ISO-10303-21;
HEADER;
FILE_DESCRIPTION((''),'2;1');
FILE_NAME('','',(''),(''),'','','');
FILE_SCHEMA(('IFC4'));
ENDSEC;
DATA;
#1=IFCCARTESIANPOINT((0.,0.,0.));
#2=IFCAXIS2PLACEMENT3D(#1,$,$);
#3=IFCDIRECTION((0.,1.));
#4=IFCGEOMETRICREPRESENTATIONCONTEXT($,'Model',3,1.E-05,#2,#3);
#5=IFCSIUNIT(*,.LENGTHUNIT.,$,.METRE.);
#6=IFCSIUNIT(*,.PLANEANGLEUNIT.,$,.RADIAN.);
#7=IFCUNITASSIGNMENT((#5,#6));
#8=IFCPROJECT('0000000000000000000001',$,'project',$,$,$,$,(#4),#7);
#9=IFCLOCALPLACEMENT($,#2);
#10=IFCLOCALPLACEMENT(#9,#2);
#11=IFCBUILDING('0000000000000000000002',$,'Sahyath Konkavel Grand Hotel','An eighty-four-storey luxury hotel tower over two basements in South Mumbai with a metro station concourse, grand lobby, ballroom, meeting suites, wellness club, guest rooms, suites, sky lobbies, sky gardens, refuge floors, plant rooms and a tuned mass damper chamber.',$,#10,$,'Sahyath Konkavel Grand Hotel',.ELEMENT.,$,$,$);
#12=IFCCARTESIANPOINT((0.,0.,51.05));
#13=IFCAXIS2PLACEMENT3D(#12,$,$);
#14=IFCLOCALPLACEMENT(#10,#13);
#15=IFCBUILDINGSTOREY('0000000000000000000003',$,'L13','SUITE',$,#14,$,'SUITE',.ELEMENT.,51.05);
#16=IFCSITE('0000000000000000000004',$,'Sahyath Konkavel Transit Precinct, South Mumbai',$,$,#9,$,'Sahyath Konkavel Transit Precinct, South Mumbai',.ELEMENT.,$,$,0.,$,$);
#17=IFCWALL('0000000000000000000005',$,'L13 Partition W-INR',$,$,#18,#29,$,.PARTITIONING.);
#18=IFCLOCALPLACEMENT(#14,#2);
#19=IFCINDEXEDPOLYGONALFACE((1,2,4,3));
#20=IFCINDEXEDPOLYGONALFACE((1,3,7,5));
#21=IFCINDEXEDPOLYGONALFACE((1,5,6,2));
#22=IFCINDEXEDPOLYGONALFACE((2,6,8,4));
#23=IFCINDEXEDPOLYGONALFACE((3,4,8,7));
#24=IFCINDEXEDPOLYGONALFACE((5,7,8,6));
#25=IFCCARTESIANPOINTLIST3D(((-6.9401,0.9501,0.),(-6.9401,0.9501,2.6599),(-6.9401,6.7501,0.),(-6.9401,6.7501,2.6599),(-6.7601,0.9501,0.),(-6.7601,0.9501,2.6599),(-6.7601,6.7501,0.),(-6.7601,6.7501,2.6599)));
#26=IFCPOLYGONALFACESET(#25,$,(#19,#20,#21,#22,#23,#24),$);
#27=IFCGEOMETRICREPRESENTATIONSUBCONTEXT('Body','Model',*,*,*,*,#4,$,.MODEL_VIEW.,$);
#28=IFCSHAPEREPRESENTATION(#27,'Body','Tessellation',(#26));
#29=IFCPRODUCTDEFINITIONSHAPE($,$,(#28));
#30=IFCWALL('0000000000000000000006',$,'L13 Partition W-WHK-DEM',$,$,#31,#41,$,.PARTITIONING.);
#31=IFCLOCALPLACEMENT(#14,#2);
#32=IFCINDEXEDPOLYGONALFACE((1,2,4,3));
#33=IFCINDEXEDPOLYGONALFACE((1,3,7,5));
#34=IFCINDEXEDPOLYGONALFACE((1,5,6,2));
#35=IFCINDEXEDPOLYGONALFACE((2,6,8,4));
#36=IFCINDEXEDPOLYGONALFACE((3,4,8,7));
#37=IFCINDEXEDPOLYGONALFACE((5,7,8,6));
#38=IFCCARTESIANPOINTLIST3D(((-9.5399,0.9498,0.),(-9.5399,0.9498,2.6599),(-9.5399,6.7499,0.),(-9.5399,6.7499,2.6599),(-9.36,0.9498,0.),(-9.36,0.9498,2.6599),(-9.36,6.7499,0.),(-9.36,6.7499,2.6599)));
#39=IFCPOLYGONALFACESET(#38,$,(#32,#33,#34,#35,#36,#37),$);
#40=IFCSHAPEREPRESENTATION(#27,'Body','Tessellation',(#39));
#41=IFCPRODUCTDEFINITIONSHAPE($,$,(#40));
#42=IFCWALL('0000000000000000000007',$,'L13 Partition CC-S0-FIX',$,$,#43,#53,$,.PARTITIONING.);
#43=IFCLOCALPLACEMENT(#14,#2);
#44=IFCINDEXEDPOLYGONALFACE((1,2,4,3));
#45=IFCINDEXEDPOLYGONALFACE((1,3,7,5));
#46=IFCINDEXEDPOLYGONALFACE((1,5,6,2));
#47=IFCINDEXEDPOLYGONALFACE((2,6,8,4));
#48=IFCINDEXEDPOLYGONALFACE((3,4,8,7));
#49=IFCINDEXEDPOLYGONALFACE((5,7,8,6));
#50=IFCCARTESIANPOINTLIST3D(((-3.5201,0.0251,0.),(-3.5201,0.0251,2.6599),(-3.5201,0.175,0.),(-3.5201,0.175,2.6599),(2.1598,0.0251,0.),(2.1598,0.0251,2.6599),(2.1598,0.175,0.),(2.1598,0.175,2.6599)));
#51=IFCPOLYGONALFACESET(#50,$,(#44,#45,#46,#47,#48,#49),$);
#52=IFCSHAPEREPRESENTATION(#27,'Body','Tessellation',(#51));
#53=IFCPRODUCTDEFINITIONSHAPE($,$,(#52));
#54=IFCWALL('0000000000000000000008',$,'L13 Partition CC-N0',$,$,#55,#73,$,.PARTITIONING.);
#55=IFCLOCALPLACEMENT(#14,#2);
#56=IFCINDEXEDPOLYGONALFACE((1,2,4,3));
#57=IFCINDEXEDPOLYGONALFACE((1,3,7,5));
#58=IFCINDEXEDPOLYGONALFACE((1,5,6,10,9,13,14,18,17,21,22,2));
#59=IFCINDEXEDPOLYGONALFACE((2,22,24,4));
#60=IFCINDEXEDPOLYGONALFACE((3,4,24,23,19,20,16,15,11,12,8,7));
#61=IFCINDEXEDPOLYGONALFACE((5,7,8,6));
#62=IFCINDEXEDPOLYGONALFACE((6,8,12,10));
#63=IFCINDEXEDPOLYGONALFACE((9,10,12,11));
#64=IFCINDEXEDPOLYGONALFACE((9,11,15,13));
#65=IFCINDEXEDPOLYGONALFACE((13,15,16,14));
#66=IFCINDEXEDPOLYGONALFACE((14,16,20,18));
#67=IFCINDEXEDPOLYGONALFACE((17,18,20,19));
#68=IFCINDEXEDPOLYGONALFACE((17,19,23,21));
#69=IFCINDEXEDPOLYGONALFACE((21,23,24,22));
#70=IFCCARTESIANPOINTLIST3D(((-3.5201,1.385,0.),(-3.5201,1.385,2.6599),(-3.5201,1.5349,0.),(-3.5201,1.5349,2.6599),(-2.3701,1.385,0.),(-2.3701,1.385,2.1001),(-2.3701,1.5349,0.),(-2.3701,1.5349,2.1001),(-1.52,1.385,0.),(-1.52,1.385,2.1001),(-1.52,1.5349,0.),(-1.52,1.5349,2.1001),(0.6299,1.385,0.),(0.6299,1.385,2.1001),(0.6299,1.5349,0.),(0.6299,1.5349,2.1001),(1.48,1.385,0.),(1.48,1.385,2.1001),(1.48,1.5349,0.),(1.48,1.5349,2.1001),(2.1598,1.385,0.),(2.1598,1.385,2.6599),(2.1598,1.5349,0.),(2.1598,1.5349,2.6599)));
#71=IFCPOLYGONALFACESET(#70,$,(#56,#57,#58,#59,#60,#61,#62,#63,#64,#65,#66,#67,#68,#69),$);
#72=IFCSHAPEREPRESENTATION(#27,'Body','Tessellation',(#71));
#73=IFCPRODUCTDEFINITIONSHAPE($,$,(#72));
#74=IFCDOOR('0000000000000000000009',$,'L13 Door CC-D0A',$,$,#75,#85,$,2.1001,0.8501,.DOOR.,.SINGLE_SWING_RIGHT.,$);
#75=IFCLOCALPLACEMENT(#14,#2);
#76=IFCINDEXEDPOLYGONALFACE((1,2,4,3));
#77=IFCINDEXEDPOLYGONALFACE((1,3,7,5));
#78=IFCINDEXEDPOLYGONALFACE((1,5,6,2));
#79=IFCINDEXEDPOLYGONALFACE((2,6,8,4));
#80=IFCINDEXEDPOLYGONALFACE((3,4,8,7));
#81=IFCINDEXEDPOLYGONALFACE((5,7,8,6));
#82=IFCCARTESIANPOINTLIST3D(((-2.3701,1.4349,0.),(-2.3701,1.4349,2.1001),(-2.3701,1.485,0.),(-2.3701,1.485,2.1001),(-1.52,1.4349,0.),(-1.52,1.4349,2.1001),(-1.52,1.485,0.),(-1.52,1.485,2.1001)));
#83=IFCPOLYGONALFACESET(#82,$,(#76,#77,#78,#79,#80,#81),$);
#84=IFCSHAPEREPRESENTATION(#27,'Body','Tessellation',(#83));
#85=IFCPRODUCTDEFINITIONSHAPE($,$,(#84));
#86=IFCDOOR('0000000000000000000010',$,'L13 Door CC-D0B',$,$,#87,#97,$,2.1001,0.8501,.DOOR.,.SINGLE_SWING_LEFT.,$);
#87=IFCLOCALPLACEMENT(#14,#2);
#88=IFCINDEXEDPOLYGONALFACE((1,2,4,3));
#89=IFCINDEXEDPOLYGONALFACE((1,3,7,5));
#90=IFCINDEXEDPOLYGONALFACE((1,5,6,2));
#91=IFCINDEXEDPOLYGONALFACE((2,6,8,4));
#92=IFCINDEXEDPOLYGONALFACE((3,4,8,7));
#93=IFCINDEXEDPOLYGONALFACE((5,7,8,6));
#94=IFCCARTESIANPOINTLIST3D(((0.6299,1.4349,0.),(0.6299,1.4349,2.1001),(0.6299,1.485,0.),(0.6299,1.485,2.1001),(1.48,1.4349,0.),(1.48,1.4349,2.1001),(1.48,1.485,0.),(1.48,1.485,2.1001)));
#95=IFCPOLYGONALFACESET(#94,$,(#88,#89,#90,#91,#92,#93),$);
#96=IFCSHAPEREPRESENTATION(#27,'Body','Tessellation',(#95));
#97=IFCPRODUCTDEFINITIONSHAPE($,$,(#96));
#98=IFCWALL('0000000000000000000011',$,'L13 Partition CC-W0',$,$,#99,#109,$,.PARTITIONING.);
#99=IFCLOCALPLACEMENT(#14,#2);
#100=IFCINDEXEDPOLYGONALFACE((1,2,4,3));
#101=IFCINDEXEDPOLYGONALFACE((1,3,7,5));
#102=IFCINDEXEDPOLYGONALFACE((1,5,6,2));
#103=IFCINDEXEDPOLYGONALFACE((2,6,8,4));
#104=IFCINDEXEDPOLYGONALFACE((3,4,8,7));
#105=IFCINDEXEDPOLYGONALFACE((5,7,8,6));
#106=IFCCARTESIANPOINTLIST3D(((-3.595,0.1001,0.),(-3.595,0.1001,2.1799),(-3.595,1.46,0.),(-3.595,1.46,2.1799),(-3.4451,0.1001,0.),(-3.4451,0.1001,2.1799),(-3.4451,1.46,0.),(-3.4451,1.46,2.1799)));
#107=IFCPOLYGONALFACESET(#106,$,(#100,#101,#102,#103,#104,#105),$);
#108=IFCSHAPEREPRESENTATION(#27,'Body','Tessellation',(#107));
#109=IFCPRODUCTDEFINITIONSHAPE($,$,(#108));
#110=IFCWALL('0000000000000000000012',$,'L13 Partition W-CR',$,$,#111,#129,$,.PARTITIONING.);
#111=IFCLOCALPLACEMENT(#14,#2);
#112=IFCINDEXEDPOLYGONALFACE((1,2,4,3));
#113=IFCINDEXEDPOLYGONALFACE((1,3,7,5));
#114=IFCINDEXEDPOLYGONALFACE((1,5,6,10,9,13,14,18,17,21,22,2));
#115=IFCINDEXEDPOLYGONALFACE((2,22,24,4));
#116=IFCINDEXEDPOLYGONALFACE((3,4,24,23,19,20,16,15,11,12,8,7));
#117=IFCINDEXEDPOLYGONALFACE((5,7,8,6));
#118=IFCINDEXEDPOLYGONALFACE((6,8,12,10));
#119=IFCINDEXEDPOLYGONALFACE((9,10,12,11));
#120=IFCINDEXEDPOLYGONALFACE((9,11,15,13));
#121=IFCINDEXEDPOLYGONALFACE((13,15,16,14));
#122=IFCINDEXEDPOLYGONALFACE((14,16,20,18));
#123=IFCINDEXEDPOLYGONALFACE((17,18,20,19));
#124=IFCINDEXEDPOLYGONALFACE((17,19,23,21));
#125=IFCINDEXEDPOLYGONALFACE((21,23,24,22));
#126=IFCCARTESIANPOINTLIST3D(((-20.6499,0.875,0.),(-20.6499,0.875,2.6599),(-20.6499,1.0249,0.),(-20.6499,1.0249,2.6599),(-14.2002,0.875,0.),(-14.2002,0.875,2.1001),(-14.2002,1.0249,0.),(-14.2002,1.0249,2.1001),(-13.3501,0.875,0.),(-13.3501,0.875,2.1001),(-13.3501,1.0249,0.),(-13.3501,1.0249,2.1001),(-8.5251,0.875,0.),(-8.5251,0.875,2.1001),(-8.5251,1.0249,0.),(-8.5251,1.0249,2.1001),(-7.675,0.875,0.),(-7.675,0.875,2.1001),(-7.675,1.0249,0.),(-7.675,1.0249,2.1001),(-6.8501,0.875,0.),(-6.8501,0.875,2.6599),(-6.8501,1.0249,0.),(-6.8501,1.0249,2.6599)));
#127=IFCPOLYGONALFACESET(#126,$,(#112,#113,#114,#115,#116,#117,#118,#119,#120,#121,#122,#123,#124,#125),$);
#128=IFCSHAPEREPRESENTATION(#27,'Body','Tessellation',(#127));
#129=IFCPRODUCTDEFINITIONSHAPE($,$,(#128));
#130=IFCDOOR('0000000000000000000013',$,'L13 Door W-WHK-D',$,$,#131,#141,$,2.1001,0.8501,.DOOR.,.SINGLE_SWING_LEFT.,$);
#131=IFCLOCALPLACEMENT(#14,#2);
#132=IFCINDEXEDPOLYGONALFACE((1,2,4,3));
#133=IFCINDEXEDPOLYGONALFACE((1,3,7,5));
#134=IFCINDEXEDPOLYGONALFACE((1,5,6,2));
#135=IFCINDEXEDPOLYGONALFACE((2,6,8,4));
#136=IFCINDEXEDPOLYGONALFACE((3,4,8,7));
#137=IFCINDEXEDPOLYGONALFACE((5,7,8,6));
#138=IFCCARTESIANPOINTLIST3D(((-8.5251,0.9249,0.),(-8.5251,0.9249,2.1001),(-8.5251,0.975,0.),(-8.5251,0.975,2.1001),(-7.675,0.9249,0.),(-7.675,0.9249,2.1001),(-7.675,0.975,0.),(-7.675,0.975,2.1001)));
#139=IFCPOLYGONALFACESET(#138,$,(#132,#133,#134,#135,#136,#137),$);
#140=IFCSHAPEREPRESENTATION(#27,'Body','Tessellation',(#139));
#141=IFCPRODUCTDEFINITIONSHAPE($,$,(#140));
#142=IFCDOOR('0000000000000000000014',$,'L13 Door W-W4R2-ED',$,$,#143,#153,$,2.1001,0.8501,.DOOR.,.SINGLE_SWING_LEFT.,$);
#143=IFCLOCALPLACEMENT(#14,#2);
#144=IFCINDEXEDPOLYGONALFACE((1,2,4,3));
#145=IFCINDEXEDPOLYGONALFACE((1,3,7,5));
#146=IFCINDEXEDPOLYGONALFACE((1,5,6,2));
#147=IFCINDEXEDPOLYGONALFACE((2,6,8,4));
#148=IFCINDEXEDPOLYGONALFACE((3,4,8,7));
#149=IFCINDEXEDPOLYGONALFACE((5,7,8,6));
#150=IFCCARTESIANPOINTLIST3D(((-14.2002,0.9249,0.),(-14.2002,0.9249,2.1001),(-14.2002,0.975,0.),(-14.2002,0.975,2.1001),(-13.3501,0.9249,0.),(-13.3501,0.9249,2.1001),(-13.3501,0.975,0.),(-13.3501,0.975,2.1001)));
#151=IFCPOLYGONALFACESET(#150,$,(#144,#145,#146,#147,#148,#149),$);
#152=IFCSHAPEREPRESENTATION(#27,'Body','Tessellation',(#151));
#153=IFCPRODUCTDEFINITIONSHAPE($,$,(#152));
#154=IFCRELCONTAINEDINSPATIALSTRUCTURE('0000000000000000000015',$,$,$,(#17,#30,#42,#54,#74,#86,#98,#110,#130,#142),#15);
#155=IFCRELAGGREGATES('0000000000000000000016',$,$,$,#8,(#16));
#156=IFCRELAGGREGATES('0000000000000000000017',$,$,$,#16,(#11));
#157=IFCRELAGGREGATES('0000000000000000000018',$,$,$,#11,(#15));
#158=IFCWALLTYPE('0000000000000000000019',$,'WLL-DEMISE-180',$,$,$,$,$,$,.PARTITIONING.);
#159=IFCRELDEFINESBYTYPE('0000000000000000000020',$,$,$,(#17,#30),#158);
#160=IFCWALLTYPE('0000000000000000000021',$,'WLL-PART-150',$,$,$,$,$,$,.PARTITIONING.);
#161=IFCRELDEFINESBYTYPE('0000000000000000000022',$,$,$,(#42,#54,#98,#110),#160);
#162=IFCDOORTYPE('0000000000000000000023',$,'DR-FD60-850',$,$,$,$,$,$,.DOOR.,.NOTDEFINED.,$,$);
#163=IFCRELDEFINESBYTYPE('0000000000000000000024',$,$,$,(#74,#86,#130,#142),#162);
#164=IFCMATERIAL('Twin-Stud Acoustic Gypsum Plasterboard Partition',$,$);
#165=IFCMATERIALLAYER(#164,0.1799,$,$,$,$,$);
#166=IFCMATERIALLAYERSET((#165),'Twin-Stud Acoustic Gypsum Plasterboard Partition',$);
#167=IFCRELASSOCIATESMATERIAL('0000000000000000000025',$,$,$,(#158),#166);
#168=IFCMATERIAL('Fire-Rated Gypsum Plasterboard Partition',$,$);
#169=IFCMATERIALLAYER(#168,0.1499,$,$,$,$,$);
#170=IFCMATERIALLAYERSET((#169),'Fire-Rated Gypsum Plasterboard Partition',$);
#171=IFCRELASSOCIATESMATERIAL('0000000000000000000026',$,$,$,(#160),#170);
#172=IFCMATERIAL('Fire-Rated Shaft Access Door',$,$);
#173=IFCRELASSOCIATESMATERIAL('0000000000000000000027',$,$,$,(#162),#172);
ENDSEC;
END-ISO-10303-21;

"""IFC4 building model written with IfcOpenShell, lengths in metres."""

from ifc_helpers import new_model, si_unit, direction, frame, frame_2d, origin, origin_2d, place, context, subcontext, project, spatial, rectangle, extrude, source, transform, mapped, material, layer, layer_set, type_object, element, fill, save


model = new_model("IFC4")

# Units and contexts
model_context = context("Model", 3, precision=1e-05, world=origin(), true_north=direction((0.0, 1.0)))
body_context = subcontext(model_context, "Body", "Model", "MODEL_VIEW")
ifc_project = project(units=[si_unit("LENGTHUNIT", "METRE"), si_unit("PLANEANGLEUNIT", "RADIAN")], contexts=[model_context])

# Site, building, storey
site_placement = place(None, origin())
site = spatial("IfcSite", under=ifc_project, at=site_placement, Name="Sahyath Konkavel Transit Precinct, South Mumbai", LongName="Sahyath Konkavel Transit Precinct, South Mumbai", CompositionType="ELEMENT", RefElevation=0.0)
building_placement = place(site_placement, origin())
building = spatial("IfcBuilding", under=site, at=building_placement, Name="Sahyath Konkavel Grand Hotel", Description="An eighty-four-storey luxury hotel tower over two basements in South Mumbai with a metro station concourse, grand lobby, ballroom, meeting suites, wellness club, guest rooms, suites, sky lobbies, sky gardens, refuge floors, plant rooms and a tuned mass damper chamber.", LongName="Sahyath Konkavel Grand Hotel", CompositionType="ELEMENT")
storey_placement = place(building_placement, frame((0.0, 0.0, 51.05)))
storey = spatial("IfcBuildingStorey", under=building, at=storey_placement, Name="L13", Description="SUITE", LongName="SUITE", CompositionType="ELEMENT", Elevation=51.05)

# Walls
ifc_material_1 = material(Name="Twin-Stud Acoustic Gypsum Plasterboard Partition")
ifc_layer_1 = layer(ifc_material_1, 0.1799)
ifc_layer_set_1 = layer_set([ifc_layer_1], Name="Twin-Stud Acoustic Gypsum Plasterboard Partition")
wall_type_1 = type_object("IfcWallType", Name="WLL-DEMISE-180", PredefinedType="PARTITIONING", material=ifc_layer_set_1)
for number, where, z_axis, x_axis, name in (
    (1, (-6.8501, 6.75, 0.0), (0.0, 0.0, 1.0), (0.0, -1.0, 0.0), "L13 Partition W-INR"),
    (2, (-9.45, 0.95, 0.0), (0.0, 0.0, 1.0), (0.0, 1.0, 0.0), "L13 Partition W-WHK-DEM"),
):
    element("IfcWall", number, at=place(storey_placement, frame(where, z_axis=z_axis, x_axis=x_axis)), inside=storey, type_object=wall_type_1, Name=name, PredefinedType="PARTITIONING", context=body_context, shape_type="SweptSolid", body=[
        extrude(rectangle(XDim=5.8, YDim=0.1799, at=frame_2d((2.8999, 0.0))), origin(), (0.0, 0.0, 1.0), 2.6599),
    ])
ifc_material_2 = material(Name="Fire-Rated Gypsum Plasterboard Partition")
ifc_layer_2 = layer(ifc_material_2, 0.1499)
ifc_layer_set_2 = layer_set([ifc_layer_2], Name="Fire-Rated Gypsum Plasterboard Partition")
wall_type_2 = type_object("IfcWallType", Name="WLL-PART-150", PredefinedType="PARTITIONING", material=ifc_layer_set_2)
wall_1_placement = place(storey_placement, frame((-3.52, 0.1001, 0.0), z_axis=(0.0, 0.0, 1.0), x_axis=(1.0, 0.0, 0.0)))
element("IfcWall", 3, at=wall_1_placement, inside=storey, type_object=wall_type_2, Name="L13 Partition CC-S0-FIX", PredefinedType="PARTITIONING", context=body_context, shape_type="SweptSolid", body=[
    extrude(rectangle(XDim=5.6799, YDim=0.1499, at=frame_2d((2.8398, 0.0))), origin(), (0.0, 0.0, 1.0), 2.6599),
])

# Wall, openings, doors
wall_2_placement = place(storey_placement, frame((-3.52, 1.46, 0.0), z_axis=(0.0, 0.0, 1.0), x_axis=(1.0, 0.0, 0.0)))
wall_2 = element("IfcWall", 4, at=wall_2_placement, inside=storey, type_object=wall_type_2, Name="L13 Partition CC-N0", PredefinedType="PARTITIONING", context=body_context, shape_type="SweptSolid", body=[
    extrude(rectangle(XDim=5.6799, YDim=0.1499, at=frame_2d((2.8398, 0.0))), origin(), (0.0, 0.0, 1.0), 2.6599),
])
opening_1_placement = place(wall_2_placement, frame((1.1499, 0.0, 0.0)))
opening_1 = element("IfcOpeningElement", 5, at=opening_1_placement, cuts=wall_2, PredefinedType="OPENING", context=body_context, shape_type="SweptSolid", body=[
    extrude(rectangle(XDim=0.8501, YDim=2.1001, at=frame_2d((0.425, 1.05))), frame((0.0, 0.085, 0.0), z_axis=(0.0, -1.0, 0.0), x_axis=(1.0, 0.0, 0.0)), (0.0, 0.0, 1.0), 0.1699),
])
opening_2_placement = place(wall_2_placement, frame((4.1499, 0.0, 0.0)))
opening_2 = element("IfcOpeningElement", 6, at=opening_2_placement, cuts=wall_2, PredefinedType="OPENING", context=body_context, shape_type="SweptSolid", body=[
    extrude(rectangle(XDim=0.8501, YDim=2.1001, at=frame_2d((0.425, 1.05))), frame((0.0, 0.085, 0.0), z_axis=(0.0, -1.0, 0.0), x_axis=(1.0, 0.0, 0.0)), (0.0, 0.0, 1.0), 0.1699),
])
ifc_material_3 = material(Name="Fire-Rated Shaft Access Door")
door_type = type_object("IfcDoorType", Name="DR-FD60-850", OperationType="NOTDEFINED", PredefinedType="DOOR", material=ifc_material_3)
shared_shape_1 = source(origin(), body_context, "Body", "SweptSolid", [
    extrude(rectangle(XDim=0.8501, YDim=0.05, at=origin_2d()), origin(), (0.0, 0.0, 1.0), 2.1001),
])
door_1_placement = place(opening_1_placement, frame((0.425, 0.0, 0.0)))
door_1 = element("IfcDoor", 7, at=door_1_placement, inside=storey, type_object=door_type, Name="L13 Door CC-D0A", OperationType="SINGLE_SWING_RIGHT", OverallHeight=2.1001, OverallWidth=0.8501, PredefinedType="DOOR", context=body_context, shape_type="MappedRepresentation", body=[
    mapped(shared_shape_1, transform((0.0, 0.0, 0.0), scale=1.0)),
])
fill(opening_1, door_1)
door_2_placement = place(opening_2_placement, frame((0.425, 0.0, 0.0)))
door_2 = element("IfcDoor", 8, at=door_2_placement, inside=storey, type_object=door_type, Name="L13 Door CC-D0B", OperationType="SINGLE_SWING_LEFT", OverallHeight=2.1001, OverallWidth=0.8501, PredefinedType="DOOR", context=body_context, shape_type="MappedRepresentation", body=[
    mapped(shared_shape_1, transform((0.0, 0.0, 0.0), scale=1.0)),
])
fill(opening_2, door_2)

# Wall
wall_3_placement = place(storey_placement, frame((-3.52, 0.1001, 0.0), z_axis=(0.0, 0.0, 1.0), x_axis=(0.0, 1.0, 0.0)))
element("IfcWall", 9, at=wall_3_placement, inside=storey, type_object=wall_type_2, Name="L13 Partition CC-W0", PredefinedType="PARTITIONING", context=body_context, shape_type="SweptSolid", body=[
    extrude(rectangle(XDim=1.3599, YDim=0.1499, at=frame_2d((0.6799, 0.0))), origin(), (0.0, 0.0, 1.0), 2.1799),
])

# Wall, openings, doors
wall_4_placement = place(storey_placement, frame((-6.8501, 0.95, 0.0), z_axis=(0.0, 0.0, 1.0), x_axis=(-1.0, 0.0, 0.0)))
wall_4 = element("IfcWall", 10, at=wall_4_placement, inside=storey, type_object=wall_type_2, Name="L13 Partition W-CR", PredefinedType="PARTITIONING", context=body_context, shape_type="SweptSolid", body=[
    extrude(rectangle(XDim=13.7998, YDim=0.1499, at=frame_2d((6.8999, 0.0))), origin(), (0.0, 0.0, 1.0), 2.6599),
])
opening_3_placement = place(wall_4_placement, frame((0.825, 0.0, 0.0)))
opening_3 = element("IfcOpeningElement", 11, at=opening_3_placement, cuts=wall_4, PredefinedType="OPENING", context=body_context, shape_type="SweptSolid", body=[
    extrude(rectangle(XDim=0.8501, YDim=2.1001, at=frame_2d((0.425, 1.05))), frame((0.0, 0.085, 0.0), z_axis=(0.0, -1.0, 0.0), x_axis=(1.0, 0.0, 0.0)), (0.0, 0.0, 1.0), 0.1699),
])
opening_4_placement = place(wall_4_placement, frame((6.5, 0.0, 0.0)))
opening_4 = element("IfcOpeningElement", 12, at=opening_4_placement, cuts=wall_4, PredefinedType="OPENING", context=body_context, shape_type="SweptSolid", body=[
    extrude(rectangle(XDim=0.8501, YDim=2.1001, at=frame_2d((0.425, 1.05))), frame((0.0, 0.085, 0.0), z_axis=(0.0, -1.0, 0.0), x_axis=(1.0, 0.0, 0.0)), (0.0, 0.0, 1.0), 0.1699),
])
door_3_placement = place(opening_3_placement, frame((0.425, 0.0, 0.0)))
door_3 = element("IfcDoor", 13, at=door_3_placement, inside=storey, type_object=door_type, Name="L13 Door W-WHK-D", OperationType="SINGLE_SWING_LEFT", OverallHeight=2.1001, OverallWidth=0.8501, PredefinedType="DOOR", context=body_context, shape_type="MappedRepresentation", body=[
    mapped(shared_shape_1, transform((0.0, 0.0, 0.0), scale=1.0)),
])
fill(opening_3, door_3)
door_4_placement = place(opening_4_placement, frame((0.425, 0.0, 0.0)))
door_4 = element("IfcDoor", 14, at=door_4_placement, inside=storey, type_object=door_type, Name="L13 Door W-W4R2-ED", OperationType="SINGLE_SWING_LEFT", OverallHeight=2.1001, OverallWidth=0.8501, PredefinedType="DOOR", context=body_context, shape_type="MappedRepresentation", body=[
    mapped(shared_shape_1, transform((0.0, 0.0, 0.0), scale=1.0)),
])
fill(opening_4, door_4)

save(model, "model.ifc")
